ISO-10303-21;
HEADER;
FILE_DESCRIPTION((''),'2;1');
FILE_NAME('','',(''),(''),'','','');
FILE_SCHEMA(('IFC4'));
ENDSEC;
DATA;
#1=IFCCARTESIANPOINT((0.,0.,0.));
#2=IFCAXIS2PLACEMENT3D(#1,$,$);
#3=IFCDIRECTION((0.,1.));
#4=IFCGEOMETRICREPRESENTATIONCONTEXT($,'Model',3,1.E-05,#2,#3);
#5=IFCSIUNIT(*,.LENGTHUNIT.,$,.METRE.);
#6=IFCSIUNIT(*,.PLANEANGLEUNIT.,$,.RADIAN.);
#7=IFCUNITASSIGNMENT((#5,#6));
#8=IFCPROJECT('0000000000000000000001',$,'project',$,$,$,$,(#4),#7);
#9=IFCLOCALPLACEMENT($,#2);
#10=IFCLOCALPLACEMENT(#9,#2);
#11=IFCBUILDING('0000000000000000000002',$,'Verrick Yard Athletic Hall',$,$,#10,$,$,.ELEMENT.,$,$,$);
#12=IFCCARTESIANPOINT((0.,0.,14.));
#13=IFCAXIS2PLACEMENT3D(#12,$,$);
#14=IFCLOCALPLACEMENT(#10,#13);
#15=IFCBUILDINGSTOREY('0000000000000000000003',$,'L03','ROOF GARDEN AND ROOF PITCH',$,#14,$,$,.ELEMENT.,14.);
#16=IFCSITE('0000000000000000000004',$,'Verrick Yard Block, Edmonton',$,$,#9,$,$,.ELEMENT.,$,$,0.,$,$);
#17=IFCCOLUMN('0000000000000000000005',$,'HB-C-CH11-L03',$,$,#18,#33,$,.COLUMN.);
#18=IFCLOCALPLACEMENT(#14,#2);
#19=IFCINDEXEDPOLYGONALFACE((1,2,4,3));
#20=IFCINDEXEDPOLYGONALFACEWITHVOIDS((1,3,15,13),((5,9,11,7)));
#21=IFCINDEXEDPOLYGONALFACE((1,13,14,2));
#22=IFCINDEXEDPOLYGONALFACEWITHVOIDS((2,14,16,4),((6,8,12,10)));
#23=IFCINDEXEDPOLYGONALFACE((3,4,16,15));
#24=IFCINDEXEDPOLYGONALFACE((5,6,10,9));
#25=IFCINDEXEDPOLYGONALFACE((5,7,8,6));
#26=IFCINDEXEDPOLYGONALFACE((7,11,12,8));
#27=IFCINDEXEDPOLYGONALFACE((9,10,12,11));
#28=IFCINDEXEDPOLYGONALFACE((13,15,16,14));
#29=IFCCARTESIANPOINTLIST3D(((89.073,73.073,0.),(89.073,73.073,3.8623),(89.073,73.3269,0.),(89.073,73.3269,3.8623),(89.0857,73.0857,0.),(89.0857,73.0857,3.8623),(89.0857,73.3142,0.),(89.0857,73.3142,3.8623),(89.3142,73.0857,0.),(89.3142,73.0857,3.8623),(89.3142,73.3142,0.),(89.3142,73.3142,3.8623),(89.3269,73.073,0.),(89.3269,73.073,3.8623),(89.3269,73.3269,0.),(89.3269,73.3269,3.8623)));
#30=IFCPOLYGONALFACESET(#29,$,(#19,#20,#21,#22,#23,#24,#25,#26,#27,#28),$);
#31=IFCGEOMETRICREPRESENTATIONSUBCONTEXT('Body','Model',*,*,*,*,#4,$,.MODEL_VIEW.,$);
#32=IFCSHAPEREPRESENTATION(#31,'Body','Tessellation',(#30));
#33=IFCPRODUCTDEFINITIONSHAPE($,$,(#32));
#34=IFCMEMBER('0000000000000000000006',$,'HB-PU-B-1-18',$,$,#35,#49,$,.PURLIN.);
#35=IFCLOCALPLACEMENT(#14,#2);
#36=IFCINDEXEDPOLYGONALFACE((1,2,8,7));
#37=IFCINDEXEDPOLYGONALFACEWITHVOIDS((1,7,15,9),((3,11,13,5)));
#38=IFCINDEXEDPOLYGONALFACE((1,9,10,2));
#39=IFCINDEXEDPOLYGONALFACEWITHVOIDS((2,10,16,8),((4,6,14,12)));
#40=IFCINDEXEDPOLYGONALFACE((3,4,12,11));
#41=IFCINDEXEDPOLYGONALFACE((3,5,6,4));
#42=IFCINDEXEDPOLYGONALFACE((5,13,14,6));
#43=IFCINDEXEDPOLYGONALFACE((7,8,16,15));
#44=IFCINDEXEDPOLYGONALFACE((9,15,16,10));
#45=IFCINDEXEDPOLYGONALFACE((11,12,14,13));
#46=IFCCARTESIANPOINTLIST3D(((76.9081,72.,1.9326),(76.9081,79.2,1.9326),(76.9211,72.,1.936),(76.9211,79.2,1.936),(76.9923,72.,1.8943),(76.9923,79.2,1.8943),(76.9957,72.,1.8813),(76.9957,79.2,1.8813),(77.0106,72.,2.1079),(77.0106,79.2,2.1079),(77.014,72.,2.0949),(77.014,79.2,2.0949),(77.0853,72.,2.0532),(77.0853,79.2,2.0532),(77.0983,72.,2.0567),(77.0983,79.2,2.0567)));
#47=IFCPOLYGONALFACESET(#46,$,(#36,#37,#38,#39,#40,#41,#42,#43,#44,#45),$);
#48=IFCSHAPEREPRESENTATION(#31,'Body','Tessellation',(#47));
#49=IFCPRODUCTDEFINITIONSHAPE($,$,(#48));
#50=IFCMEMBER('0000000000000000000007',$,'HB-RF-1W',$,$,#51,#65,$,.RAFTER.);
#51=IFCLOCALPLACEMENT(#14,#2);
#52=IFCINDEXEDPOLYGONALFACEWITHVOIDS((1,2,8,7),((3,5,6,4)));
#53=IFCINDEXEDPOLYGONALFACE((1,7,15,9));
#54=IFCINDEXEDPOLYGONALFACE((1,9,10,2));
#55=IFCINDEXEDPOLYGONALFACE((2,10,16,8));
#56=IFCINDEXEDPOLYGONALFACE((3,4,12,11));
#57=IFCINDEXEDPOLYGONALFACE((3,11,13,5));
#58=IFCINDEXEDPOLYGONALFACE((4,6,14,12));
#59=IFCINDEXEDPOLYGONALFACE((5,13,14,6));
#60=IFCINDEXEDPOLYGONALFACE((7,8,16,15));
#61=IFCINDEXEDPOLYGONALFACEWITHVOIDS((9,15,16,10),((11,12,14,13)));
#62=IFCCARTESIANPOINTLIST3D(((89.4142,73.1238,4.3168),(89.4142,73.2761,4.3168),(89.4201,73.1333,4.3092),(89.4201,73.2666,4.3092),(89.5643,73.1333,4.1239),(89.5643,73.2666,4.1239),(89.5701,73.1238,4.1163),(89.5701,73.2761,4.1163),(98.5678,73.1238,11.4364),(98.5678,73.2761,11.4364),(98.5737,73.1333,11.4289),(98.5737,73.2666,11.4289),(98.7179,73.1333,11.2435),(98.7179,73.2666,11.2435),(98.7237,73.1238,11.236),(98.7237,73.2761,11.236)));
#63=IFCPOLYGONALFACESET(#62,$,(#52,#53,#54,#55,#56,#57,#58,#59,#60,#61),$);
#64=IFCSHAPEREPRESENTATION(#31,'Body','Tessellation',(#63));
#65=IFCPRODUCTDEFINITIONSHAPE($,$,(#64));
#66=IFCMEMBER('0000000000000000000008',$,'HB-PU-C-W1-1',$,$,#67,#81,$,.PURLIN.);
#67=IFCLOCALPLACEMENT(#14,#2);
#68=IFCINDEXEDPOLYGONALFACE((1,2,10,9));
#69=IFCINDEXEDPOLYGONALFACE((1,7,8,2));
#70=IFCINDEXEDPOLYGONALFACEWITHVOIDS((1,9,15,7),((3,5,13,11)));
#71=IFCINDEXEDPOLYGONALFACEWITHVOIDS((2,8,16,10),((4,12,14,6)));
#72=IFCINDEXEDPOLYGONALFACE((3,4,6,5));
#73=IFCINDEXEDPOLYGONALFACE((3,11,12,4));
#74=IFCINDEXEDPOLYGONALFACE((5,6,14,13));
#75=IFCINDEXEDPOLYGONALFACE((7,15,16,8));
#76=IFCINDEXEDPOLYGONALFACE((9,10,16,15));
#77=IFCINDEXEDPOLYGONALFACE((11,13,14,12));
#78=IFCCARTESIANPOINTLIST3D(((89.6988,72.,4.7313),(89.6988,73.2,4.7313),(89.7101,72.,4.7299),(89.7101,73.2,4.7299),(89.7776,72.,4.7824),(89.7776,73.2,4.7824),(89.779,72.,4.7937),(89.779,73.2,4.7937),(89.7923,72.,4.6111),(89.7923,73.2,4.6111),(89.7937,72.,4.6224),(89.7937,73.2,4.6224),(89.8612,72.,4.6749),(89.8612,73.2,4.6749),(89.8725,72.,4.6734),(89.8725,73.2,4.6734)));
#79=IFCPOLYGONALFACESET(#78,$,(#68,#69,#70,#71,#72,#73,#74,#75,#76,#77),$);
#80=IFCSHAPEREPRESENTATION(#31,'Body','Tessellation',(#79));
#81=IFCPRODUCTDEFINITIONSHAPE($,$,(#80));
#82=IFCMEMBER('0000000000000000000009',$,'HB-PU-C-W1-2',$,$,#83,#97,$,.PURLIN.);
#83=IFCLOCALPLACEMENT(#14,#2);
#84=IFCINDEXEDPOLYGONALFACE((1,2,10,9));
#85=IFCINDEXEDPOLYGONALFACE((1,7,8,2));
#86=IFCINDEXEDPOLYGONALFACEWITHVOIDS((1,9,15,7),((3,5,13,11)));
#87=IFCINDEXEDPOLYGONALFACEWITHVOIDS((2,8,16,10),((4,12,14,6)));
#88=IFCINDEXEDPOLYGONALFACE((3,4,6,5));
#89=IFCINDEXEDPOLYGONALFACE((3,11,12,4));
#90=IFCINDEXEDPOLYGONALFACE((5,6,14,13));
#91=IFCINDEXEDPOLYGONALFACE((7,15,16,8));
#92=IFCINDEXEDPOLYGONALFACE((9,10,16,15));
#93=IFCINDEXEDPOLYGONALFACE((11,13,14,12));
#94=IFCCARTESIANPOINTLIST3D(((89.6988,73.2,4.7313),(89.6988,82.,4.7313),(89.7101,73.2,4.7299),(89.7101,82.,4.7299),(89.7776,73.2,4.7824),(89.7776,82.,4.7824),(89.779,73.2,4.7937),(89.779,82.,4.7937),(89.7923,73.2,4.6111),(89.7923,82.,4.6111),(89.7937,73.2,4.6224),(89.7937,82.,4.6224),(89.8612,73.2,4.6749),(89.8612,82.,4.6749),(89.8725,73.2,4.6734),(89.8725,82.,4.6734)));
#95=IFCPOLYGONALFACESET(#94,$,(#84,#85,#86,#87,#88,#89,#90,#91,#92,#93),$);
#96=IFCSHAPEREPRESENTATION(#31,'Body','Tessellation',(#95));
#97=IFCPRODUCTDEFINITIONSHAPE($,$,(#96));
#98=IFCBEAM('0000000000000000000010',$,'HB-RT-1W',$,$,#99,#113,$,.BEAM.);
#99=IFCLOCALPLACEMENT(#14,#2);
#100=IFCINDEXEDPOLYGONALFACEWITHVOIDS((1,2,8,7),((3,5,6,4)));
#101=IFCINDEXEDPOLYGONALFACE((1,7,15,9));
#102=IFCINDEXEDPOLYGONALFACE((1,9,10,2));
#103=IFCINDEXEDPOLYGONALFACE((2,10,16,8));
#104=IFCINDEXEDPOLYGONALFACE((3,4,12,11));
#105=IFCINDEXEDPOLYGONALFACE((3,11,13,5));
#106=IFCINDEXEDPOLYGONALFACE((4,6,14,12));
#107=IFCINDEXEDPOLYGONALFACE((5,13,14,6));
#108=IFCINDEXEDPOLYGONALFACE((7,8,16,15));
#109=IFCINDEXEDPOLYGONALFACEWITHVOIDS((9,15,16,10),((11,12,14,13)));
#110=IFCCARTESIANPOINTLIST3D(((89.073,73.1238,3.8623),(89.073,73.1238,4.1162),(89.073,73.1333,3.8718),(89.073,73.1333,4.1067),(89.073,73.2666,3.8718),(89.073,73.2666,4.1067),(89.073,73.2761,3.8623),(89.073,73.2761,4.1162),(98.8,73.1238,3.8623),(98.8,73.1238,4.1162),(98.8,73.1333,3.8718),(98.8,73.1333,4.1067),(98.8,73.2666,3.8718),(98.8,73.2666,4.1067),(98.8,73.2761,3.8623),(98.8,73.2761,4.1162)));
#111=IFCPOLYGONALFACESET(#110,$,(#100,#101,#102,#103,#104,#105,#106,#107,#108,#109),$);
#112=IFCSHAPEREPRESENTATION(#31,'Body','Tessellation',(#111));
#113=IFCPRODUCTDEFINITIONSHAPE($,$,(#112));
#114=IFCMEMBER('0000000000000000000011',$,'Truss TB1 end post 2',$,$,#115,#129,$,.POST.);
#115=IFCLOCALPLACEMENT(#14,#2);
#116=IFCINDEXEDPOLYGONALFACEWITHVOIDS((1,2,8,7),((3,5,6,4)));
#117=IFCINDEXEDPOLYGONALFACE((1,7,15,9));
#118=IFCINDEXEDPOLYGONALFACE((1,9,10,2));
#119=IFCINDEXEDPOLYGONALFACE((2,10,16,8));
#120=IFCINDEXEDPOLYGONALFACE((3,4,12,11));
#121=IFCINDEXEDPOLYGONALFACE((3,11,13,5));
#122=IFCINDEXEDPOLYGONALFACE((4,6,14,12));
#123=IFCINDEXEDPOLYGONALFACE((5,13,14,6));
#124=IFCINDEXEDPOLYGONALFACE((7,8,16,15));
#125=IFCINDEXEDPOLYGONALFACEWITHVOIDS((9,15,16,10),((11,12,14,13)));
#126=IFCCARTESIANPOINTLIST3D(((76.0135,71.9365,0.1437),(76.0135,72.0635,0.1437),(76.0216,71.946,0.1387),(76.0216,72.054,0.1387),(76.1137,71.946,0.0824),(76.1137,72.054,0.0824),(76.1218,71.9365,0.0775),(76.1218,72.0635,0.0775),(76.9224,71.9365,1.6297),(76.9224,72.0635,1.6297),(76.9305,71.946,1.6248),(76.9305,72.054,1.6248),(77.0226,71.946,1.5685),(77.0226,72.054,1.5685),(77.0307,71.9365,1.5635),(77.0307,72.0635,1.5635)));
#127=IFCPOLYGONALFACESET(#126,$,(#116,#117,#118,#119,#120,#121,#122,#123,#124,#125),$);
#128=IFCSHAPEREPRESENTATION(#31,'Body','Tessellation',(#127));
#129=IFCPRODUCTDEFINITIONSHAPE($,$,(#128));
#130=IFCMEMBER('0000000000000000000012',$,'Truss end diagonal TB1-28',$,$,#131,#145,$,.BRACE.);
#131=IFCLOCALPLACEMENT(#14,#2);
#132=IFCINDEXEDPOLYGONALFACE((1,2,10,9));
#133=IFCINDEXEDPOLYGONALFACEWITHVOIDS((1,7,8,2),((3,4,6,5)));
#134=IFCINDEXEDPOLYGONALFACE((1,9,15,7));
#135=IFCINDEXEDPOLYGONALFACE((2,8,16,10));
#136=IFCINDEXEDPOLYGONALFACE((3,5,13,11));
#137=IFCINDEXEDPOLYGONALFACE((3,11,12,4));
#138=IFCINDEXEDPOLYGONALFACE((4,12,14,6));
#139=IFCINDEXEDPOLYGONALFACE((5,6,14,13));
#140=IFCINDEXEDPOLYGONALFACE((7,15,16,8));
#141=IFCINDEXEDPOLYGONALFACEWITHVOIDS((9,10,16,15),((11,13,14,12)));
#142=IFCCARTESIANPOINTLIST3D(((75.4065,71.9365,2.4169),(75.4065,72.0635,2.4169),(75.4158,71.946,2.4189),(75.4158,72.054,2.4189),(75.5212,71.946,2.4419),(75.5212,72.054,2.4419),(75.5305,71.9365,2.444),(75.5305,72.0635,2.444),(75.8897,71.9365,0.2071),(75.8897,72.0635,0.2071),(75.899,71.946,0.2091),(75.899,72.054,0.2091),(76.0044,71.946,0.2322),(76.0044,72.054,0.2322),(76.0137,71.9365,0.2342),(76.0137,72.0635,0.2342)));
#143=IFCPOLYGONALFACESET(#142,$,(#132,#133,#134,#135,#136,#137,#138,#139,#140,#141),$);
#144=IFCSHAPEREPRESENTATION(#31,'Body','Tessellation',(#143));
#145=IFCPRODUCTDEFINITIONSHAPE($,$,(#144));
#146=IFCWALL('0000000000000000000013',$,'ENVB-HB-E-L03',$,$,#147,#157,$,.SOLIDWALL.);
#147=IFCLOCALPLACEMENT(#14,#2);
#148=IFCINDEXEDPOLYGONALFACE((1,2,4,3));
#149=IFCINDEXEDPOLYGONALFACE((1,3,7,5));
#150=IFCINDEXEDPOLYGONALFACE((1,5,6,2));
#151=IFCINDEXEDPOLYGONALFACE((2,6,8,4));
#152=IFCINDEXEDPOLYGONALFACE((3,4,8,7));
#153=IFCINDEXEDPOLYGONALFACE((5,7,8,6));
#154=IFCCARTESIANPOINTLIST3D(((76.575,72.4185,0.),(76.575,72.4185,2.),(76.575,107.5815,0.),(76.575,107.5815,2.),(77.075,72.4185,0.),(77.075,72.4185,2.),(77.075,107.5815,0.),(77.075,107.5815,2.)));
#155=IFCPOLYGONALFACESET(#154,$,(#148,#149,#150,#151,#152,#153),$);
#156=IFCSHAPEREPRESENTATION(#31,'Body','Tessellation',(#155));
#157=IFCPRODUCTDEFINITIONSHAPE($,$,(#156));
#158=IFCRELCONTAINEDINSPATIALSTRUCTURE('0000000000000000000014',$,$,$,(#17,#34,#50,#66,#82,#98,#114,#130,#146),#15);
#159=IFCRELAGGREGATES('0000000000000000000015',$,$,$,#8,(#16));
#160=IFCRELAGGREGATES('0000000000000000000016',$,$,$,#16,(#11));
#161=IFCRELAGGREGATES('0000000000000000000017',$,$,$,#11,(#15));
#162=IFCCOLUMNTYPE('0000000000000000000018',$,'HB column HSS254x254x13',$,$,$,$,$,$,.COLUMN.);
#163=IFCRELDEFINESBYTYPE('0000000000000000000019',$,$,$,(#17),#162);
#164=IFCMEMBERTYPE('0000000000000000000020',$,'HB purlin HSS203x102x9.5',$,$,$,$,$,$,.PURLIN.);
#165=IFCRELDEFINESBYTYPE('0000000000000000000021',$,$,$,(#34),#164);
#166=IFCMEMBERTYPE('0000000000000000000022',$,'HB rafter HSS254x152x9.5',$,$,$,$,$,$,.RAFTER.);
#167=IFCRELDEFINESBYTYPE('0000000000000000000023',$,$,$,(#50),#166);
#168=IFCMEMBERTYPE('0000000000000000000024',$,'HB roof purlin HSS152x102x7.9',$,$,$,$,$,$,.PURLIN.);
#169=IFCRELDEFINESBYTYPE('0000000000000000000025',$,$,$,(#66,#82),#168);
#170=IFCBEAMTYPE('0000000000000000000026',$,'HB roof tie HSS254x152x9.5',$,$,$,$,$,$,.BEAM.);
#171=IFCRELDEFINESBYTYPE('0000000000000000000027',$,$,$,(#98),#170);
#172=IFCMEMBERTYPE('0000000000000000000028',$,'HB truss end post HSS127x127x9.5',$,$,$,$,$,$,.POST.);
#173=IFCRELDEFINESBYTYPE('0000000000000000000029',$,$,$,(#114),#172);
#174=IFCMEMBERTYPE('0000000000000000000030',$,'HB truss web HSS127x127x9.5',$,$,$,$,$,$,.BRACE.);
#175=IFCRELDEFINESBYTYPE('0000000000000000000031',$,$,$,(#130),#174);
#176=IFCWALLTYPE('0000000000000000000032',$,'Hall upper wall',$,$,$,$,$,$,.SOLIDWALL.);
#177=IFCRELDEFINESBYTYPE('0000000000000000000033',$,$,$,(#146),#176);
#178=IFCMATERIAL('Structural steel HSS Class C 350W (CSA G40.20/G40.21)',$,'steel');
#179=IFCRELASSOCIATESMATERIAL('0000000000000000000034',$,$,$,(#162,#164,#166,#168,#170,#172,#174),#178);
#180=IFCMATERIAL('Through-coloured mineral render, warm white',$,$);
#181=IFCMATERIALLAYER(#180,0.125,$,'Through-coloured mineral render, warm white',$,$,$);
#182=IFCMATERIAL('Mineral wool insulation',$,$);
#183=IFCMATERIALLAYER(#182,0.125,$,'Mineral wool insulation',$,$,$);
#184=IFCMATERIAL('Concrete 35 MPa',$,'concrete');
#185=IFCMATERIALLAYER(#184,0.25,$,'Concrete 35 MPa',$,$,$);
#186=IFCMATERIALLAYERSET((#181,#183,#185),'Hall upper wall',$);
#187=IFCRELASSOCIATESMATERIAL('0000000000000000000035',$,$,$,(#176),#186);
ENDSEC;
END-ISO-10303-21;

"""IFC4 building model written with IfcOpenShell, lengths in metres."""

from ifc_helpers import new_model, si_unit, direction, frame, frame_2d, origin, origin_2d, place, context, subcontext, project, spatial, rectangle, hollow_rectangle, extrude, material, layer, layer_set, material_profile, profile_set, type_object, element, save


model = new_model("IFC4")

# Units and contexts
model_context = context("Model", 3, precision=1e-05, world=origin(), true_north=direction((0.0, 1.0)))
body_context = subcontext(model_context, "Body", "Model", "MODEL_VIEW")
ifc_project = project(units=[si_unit("LENGTHUNIT", "METRE"), si_unit("PLANEANGLEUNIT", "RADIAN")], contexts=[model_context])

# Site, building, storey
site_placement = place(None, origin())
site = spatial("IfcSite", under=ifc_project, at=site_placement, Name="Verrick Yard Block, Edmonton", CompositionType="ELEMENT", RefElevation=0.0)
building_placement = place(site_placement, origin())
building = spatial("IfcBuilding", under=site, at=building_placement, Name="Verrick Yard Athletic Hall", CompositionType="ELEMENT")
storey_placement = place(building_placement, frame((0.0, 0.0, 14.0)))
storey = spatial("IfcBuildingStorey", under=building, at=storey_placement, Name="L03", Description="ROOF GARDEN AND ROOF PITCH", CompositionType="ELEMENT", Elevation=14.0)

# Column
ifc_material_1 = material(Name="Structural steel HSS Class C 350W (CSA G40.20/G40.21)", Category="steel")
ifc_material_profile_1 = material_profile(ifc_material_1, hollow_rectangle(XDim=0.2539, YDim=0.2539, WallThickness=0.0127, at=origin_2d()), Name="HSS254x254x13")
ifc_profile_set_1 = profile_set([ifc_material_profile_1], Name="Structural steel HSS Class C 350W (CSA G40.20/G40.21)")
column_type = type_object("IfcColumnType", Name="HB column HSS254x254x13", PredefinedType="COLUMN", material=ifc_profile_set_1)
column_placement = place(storey_placement, frame((89.2, 73.2, 0.0), z_axis=(0.0, 0.0, 1.0), x_axis=(1.0, 0.0, 0.0)))
element("IfcColumn", 1, at=column_placement, inside=storey, type_object=column_type, Name="HB-C-CH11-L03", PredefinedType="COLUMN", context=body_context, shape_type="SweptSolid", body=[
    extrude(hollow_rectangle(XDim=0.2539, YDim=0.2539, WallThickness=0.0127, at=origin_2d()), origin(), (0.0, 0.0, 1.0), 3.8623),
])

# Members
ifc_material_profile_2 = material_profile(ifc_material_1, hollow_rectangle(XDim=0.1016, YDim=0.2031, WallThickness=0.0095, at=origin_2d()), Name="HSS203x102x9.5")
ifc_profile_set_2 = profile_set([ifc_material_profile_2], Name="Structural steel HSS Class C 350W (CSA G40.20/G40.21)")
member_type_1 = type_object("IfcMemberType", Name="HB purlin HSS203x102x9.5", PredefinedType="PURLIN", material=ifc_profile_set_2)
member_1_placement = place(storey_placement, frame((77.0032, 72.0, 1.9946), z_axis=(0.0, 1.0, 0.0), x_axis=(-0.863168, 0.0, 0.504917)))
element("IfcMember", 2, at=member_1_placement, inside=storey, type_object=member_type_1, Name="HB-PU-B-1-18", PredefinedType="PURLIN", context=body_context, shape_type="SweptSolid", body=[
    extrude(hollow_rectangle(XDim=0.1016, YDim=0.2031, WallThickness=0.0095, at=origin_2d()), origin(), (0.0, 0.0, 1.0), 7.2),
])
ifc_material_profile_3 = material_profile(ifc_material_1, hollow_rectangle(XDim=0.1523, YDim=0.2539, WallThickness=0.0095, at=origin_2d()), Name="HSS254x152x9.5")
ifc_profile_set_3 = profile_set([ifc_material_profile_3], Name="Structural steel HSS Class C 350W (CSA G40.20/G40.21)")
member_type_2 = type_object("IfcMemberType", Name="HB rafter HSS254x152x9.5", PredefinedType="RAFTER", material=ifc_profile_set_3)
member_2_placement = place(storey_placement, frame((89.4922, 73.2, 4.2166), z_axis=(0.789344, 0.0, 0.613951), x_axis=(0.0, 1.0, 0.0)))
element("IfcMember", 3, at=member_2_placement, inside=storey, type_object=member_type_2, Name="HB-RF-1W", PredefinedType="RAFTER", context=body_context, shape_type="SweptSolid", body=[
    extrude(hollow_rectangle(XDim=0.1523, YDim=0.2539, WallThickness=0.0095, at=origin_2d()), origin(), (0.0, 0.0, 1.0), 11.5964),
])
ifc_material_profile_4 = material_profile(ifc_material_1, hollow_rectangle(XDim=0.1016, YDim=0.1523, WallThickness=0.0081, at=origin_2d()), Name="HSS152x102x7.9")
ifc_profile_set_4 = profile_set([ifc_material_profile_4], Name="Structural steel HSS Class C 350W (CSA G40.20/G40.21)")
member_type_3 = type_object("IfcMemberType", Name="HB roof purlin HSS152x102x7.9", PredefinedType="PURLIN", material=ifc_profile_set_4)
member_3_placement = place(storey_placement, frame((89.7856, 72.0, 4.7024), z_axis=(0.0, 1.0, 0.0), x_axis=(-0.789352, 0.0, -0.613941)))
element("IfcMember", 4, at=member_3_placement, inside=storey, type_object=member_type_3, Name="HB-PU-C-W1-1", PredefinedType="PURLIN", context=body_context, shape_type="SweptSolid", body=[
    extrude(hollow_rectangle(XDim=0.1016, YDim=0.1523, WallThickness=0.0081, at=origin_2d()), origin(), (0.0, 0.0, 1.0), 1.2),
])
member_4_placement = place(storey_placement, frame((89.7856, 73.2, 4.7024), z_axis=(0.0, 1.0, 0.0), x_axis=(-0.789352, 0.0, -0.613941)))
element("IfcMember", 5, at=member_4_placement, inside=storey, type_object=member_type_3, Name="HB-PU-C-W1-2", PredefinedType="PURLIN", context=body_context, shape_type="SweptSolid", body=[
    extrude(hollow_rectangle(XDim=0.1016, YDim=0.1523, WallThickness=0.0081, at=origin_2d()), origin(), (0.0, 0.0, 1.0), 8.8),
])

# Beam
ifc_material_profile_5 = material_profile(ifc_material_1, hollow_rectangle(XDim=0.1523, YDim=0.2539, WallThickness=0.0095, at=origin_2d()), Name="HSS254x152x9.5")
ifc_profile_set_5 = profile_set([ifc_material_profile_5], Name="Structural steel HSS Class C 350W (CSA G40.20/G40.21)")
beam_type = type_object("IfcBeamType", Name="HB roof tie HSS254x152x9.5", PredefinedType="BEAM", material=ifc_profile_set_5)
beam_placement = place(storey_placement, frame((89.073, 73.2, 3.9893), z_axis=(1.0, 0.0, 0.0), x_axis=(0.0, 1.0, 0.0)))
element("IfcBeam", 6, at=beam_placement, inside=storey, type_object=beam_type, Name="HB-RT-1W", PredefinedType="BEAM", context=body_context, shape_type="SweptSolid", body=[
    extrude(hollow_rectangle(XDim=0.1523, YDim=0.2539, WallThickness=0.0095, at=origin_2d()), origin(), (0.0, 0.0, 1.0), 9.7271),
])

# Members
ifc_material_profile_6 = material_profile(ifc_material_1, hollow_rectangle(XDim=0.127, YDim=0.127, WallThickness=0.0095, at=origin_2d()), Name="HSS127x127x9.5")
ifc_profile_set_6 = profile_set([ifc_material_profile_6], Name="Structural steel HSS Class C 350W (CSA G40.20/G40.21)")
member_type_4 = type_object("IfcMemberType", Name="HB truss end post HSS127x127x9.5", PredefinedType="POST", material=ifc_profile_set_6)
member_5_placement = place(storey_placement, frame((76.0676, 72.0, 0.1106), z_axis=(0.521773, 0.0, 0.853084), x_axis=(0.0, 1.0, 0.0)))
element("IfcMember", 7, at=member_5_placement, inside=storey, type_object=member_type_4, Name="Truss TB1 end post 2", PredefinedType="POST", context=body_context, shape_type="SweptSolid", body=[
    extrude(hollow_rectangle(XDim=0.127, YDim=0.127, WallThickness=0.0095, at=origin_2d()), origin(), (0.0, 0.0, 1.0), 1.7419),
])
ifc_material_profile_7 = material_profile(ifc_material_1, hollow_rectangle(XDim=0.127, YDim=0.127, WallThickness=0.0095, at=origin_2d()), Name="HSS127x127x9.5")
ifc_profile_set_7 = profile_set([ifc_material_profile_7], Name="Structural steel HSS Class C 350W (CSA G40.20/G40.21)")
member_type_5 = type_object("IfcMemberType", Name="HB truss web HSS127x127x9.5", PredefinedType="BRACE", material=ifc_profile_set_7)
member_6_placement = place(storey_placement, frame((75.4685, 72.0, 2.4304), z_axis=(0.213604, 0.0, -0.97692), x_axis=(0.0, 1.0, 0.0)))
element("IfcMember", 8, at=member_6_placement, inside=storey, type_object=member_type_5, Name="Truss end diagonal TB1-28", PredefinedType="BRACE", context=body_context, shape_type="SweptSolid", body=[
    extrude(hollow_rectangle(XDim=0.127, YDim=0.127, WallThickness=0.0095, at=origin_2d()), origin(), (0.0, 0.0, 1.0), 2.262),
])

# Wall
ifc_material_2 = material(Name="Through-coloured mineral render, warm white")
ifc_layer_1 = layer(ifc_material_2, 0.125, Name="Through-coloured mineral render, warm white")
ifc_material_3 = material(Name="Mineral wool insulation")
ifc_layer_2 = layer(ifc_material_3, 0.125, Name="Mineral wool insulation")
ifc_material_4 = material(Name="Concrete 35 MPa", Category="concrete")
ifc_layer_3 = layer(ifc_material_4, 0.25, Name="Concrete 35 MPa")
ifc_layer_set_1 = layer_set([ifc_layer_1, ifc_layer_2, ifc_layer_3], Name="Hall upper wall")
wall_type_1 = type_object("IfcWallType", Name="Hall upper wall", PredefinedType="SOLIDWALL", material=ifc_layer_set_1)
wall_1_placement = place(storey_placement, frame((76.825, 72.4185, 0.0), z_axis=(0.0, 0.0, 1.0), x_axis=(0.0, 1.0, 0.0)))
element("IfcWall", 9, at=wall_1_placement, inside=storey, type_object=wall_type_1, Name="ENVB-HB-E-L03", PredefinedType="SOLIDWALL", context=body_context, shape_type="SweptSolid", body=[
    extrude(rectangle(XDim=35.1631, YDim=0.5, at=frame_2d((17.5815, 0.0))), origin(), (0.0, 0.0, 1.0), 2.0),
])

save(model, "model.ifc")
